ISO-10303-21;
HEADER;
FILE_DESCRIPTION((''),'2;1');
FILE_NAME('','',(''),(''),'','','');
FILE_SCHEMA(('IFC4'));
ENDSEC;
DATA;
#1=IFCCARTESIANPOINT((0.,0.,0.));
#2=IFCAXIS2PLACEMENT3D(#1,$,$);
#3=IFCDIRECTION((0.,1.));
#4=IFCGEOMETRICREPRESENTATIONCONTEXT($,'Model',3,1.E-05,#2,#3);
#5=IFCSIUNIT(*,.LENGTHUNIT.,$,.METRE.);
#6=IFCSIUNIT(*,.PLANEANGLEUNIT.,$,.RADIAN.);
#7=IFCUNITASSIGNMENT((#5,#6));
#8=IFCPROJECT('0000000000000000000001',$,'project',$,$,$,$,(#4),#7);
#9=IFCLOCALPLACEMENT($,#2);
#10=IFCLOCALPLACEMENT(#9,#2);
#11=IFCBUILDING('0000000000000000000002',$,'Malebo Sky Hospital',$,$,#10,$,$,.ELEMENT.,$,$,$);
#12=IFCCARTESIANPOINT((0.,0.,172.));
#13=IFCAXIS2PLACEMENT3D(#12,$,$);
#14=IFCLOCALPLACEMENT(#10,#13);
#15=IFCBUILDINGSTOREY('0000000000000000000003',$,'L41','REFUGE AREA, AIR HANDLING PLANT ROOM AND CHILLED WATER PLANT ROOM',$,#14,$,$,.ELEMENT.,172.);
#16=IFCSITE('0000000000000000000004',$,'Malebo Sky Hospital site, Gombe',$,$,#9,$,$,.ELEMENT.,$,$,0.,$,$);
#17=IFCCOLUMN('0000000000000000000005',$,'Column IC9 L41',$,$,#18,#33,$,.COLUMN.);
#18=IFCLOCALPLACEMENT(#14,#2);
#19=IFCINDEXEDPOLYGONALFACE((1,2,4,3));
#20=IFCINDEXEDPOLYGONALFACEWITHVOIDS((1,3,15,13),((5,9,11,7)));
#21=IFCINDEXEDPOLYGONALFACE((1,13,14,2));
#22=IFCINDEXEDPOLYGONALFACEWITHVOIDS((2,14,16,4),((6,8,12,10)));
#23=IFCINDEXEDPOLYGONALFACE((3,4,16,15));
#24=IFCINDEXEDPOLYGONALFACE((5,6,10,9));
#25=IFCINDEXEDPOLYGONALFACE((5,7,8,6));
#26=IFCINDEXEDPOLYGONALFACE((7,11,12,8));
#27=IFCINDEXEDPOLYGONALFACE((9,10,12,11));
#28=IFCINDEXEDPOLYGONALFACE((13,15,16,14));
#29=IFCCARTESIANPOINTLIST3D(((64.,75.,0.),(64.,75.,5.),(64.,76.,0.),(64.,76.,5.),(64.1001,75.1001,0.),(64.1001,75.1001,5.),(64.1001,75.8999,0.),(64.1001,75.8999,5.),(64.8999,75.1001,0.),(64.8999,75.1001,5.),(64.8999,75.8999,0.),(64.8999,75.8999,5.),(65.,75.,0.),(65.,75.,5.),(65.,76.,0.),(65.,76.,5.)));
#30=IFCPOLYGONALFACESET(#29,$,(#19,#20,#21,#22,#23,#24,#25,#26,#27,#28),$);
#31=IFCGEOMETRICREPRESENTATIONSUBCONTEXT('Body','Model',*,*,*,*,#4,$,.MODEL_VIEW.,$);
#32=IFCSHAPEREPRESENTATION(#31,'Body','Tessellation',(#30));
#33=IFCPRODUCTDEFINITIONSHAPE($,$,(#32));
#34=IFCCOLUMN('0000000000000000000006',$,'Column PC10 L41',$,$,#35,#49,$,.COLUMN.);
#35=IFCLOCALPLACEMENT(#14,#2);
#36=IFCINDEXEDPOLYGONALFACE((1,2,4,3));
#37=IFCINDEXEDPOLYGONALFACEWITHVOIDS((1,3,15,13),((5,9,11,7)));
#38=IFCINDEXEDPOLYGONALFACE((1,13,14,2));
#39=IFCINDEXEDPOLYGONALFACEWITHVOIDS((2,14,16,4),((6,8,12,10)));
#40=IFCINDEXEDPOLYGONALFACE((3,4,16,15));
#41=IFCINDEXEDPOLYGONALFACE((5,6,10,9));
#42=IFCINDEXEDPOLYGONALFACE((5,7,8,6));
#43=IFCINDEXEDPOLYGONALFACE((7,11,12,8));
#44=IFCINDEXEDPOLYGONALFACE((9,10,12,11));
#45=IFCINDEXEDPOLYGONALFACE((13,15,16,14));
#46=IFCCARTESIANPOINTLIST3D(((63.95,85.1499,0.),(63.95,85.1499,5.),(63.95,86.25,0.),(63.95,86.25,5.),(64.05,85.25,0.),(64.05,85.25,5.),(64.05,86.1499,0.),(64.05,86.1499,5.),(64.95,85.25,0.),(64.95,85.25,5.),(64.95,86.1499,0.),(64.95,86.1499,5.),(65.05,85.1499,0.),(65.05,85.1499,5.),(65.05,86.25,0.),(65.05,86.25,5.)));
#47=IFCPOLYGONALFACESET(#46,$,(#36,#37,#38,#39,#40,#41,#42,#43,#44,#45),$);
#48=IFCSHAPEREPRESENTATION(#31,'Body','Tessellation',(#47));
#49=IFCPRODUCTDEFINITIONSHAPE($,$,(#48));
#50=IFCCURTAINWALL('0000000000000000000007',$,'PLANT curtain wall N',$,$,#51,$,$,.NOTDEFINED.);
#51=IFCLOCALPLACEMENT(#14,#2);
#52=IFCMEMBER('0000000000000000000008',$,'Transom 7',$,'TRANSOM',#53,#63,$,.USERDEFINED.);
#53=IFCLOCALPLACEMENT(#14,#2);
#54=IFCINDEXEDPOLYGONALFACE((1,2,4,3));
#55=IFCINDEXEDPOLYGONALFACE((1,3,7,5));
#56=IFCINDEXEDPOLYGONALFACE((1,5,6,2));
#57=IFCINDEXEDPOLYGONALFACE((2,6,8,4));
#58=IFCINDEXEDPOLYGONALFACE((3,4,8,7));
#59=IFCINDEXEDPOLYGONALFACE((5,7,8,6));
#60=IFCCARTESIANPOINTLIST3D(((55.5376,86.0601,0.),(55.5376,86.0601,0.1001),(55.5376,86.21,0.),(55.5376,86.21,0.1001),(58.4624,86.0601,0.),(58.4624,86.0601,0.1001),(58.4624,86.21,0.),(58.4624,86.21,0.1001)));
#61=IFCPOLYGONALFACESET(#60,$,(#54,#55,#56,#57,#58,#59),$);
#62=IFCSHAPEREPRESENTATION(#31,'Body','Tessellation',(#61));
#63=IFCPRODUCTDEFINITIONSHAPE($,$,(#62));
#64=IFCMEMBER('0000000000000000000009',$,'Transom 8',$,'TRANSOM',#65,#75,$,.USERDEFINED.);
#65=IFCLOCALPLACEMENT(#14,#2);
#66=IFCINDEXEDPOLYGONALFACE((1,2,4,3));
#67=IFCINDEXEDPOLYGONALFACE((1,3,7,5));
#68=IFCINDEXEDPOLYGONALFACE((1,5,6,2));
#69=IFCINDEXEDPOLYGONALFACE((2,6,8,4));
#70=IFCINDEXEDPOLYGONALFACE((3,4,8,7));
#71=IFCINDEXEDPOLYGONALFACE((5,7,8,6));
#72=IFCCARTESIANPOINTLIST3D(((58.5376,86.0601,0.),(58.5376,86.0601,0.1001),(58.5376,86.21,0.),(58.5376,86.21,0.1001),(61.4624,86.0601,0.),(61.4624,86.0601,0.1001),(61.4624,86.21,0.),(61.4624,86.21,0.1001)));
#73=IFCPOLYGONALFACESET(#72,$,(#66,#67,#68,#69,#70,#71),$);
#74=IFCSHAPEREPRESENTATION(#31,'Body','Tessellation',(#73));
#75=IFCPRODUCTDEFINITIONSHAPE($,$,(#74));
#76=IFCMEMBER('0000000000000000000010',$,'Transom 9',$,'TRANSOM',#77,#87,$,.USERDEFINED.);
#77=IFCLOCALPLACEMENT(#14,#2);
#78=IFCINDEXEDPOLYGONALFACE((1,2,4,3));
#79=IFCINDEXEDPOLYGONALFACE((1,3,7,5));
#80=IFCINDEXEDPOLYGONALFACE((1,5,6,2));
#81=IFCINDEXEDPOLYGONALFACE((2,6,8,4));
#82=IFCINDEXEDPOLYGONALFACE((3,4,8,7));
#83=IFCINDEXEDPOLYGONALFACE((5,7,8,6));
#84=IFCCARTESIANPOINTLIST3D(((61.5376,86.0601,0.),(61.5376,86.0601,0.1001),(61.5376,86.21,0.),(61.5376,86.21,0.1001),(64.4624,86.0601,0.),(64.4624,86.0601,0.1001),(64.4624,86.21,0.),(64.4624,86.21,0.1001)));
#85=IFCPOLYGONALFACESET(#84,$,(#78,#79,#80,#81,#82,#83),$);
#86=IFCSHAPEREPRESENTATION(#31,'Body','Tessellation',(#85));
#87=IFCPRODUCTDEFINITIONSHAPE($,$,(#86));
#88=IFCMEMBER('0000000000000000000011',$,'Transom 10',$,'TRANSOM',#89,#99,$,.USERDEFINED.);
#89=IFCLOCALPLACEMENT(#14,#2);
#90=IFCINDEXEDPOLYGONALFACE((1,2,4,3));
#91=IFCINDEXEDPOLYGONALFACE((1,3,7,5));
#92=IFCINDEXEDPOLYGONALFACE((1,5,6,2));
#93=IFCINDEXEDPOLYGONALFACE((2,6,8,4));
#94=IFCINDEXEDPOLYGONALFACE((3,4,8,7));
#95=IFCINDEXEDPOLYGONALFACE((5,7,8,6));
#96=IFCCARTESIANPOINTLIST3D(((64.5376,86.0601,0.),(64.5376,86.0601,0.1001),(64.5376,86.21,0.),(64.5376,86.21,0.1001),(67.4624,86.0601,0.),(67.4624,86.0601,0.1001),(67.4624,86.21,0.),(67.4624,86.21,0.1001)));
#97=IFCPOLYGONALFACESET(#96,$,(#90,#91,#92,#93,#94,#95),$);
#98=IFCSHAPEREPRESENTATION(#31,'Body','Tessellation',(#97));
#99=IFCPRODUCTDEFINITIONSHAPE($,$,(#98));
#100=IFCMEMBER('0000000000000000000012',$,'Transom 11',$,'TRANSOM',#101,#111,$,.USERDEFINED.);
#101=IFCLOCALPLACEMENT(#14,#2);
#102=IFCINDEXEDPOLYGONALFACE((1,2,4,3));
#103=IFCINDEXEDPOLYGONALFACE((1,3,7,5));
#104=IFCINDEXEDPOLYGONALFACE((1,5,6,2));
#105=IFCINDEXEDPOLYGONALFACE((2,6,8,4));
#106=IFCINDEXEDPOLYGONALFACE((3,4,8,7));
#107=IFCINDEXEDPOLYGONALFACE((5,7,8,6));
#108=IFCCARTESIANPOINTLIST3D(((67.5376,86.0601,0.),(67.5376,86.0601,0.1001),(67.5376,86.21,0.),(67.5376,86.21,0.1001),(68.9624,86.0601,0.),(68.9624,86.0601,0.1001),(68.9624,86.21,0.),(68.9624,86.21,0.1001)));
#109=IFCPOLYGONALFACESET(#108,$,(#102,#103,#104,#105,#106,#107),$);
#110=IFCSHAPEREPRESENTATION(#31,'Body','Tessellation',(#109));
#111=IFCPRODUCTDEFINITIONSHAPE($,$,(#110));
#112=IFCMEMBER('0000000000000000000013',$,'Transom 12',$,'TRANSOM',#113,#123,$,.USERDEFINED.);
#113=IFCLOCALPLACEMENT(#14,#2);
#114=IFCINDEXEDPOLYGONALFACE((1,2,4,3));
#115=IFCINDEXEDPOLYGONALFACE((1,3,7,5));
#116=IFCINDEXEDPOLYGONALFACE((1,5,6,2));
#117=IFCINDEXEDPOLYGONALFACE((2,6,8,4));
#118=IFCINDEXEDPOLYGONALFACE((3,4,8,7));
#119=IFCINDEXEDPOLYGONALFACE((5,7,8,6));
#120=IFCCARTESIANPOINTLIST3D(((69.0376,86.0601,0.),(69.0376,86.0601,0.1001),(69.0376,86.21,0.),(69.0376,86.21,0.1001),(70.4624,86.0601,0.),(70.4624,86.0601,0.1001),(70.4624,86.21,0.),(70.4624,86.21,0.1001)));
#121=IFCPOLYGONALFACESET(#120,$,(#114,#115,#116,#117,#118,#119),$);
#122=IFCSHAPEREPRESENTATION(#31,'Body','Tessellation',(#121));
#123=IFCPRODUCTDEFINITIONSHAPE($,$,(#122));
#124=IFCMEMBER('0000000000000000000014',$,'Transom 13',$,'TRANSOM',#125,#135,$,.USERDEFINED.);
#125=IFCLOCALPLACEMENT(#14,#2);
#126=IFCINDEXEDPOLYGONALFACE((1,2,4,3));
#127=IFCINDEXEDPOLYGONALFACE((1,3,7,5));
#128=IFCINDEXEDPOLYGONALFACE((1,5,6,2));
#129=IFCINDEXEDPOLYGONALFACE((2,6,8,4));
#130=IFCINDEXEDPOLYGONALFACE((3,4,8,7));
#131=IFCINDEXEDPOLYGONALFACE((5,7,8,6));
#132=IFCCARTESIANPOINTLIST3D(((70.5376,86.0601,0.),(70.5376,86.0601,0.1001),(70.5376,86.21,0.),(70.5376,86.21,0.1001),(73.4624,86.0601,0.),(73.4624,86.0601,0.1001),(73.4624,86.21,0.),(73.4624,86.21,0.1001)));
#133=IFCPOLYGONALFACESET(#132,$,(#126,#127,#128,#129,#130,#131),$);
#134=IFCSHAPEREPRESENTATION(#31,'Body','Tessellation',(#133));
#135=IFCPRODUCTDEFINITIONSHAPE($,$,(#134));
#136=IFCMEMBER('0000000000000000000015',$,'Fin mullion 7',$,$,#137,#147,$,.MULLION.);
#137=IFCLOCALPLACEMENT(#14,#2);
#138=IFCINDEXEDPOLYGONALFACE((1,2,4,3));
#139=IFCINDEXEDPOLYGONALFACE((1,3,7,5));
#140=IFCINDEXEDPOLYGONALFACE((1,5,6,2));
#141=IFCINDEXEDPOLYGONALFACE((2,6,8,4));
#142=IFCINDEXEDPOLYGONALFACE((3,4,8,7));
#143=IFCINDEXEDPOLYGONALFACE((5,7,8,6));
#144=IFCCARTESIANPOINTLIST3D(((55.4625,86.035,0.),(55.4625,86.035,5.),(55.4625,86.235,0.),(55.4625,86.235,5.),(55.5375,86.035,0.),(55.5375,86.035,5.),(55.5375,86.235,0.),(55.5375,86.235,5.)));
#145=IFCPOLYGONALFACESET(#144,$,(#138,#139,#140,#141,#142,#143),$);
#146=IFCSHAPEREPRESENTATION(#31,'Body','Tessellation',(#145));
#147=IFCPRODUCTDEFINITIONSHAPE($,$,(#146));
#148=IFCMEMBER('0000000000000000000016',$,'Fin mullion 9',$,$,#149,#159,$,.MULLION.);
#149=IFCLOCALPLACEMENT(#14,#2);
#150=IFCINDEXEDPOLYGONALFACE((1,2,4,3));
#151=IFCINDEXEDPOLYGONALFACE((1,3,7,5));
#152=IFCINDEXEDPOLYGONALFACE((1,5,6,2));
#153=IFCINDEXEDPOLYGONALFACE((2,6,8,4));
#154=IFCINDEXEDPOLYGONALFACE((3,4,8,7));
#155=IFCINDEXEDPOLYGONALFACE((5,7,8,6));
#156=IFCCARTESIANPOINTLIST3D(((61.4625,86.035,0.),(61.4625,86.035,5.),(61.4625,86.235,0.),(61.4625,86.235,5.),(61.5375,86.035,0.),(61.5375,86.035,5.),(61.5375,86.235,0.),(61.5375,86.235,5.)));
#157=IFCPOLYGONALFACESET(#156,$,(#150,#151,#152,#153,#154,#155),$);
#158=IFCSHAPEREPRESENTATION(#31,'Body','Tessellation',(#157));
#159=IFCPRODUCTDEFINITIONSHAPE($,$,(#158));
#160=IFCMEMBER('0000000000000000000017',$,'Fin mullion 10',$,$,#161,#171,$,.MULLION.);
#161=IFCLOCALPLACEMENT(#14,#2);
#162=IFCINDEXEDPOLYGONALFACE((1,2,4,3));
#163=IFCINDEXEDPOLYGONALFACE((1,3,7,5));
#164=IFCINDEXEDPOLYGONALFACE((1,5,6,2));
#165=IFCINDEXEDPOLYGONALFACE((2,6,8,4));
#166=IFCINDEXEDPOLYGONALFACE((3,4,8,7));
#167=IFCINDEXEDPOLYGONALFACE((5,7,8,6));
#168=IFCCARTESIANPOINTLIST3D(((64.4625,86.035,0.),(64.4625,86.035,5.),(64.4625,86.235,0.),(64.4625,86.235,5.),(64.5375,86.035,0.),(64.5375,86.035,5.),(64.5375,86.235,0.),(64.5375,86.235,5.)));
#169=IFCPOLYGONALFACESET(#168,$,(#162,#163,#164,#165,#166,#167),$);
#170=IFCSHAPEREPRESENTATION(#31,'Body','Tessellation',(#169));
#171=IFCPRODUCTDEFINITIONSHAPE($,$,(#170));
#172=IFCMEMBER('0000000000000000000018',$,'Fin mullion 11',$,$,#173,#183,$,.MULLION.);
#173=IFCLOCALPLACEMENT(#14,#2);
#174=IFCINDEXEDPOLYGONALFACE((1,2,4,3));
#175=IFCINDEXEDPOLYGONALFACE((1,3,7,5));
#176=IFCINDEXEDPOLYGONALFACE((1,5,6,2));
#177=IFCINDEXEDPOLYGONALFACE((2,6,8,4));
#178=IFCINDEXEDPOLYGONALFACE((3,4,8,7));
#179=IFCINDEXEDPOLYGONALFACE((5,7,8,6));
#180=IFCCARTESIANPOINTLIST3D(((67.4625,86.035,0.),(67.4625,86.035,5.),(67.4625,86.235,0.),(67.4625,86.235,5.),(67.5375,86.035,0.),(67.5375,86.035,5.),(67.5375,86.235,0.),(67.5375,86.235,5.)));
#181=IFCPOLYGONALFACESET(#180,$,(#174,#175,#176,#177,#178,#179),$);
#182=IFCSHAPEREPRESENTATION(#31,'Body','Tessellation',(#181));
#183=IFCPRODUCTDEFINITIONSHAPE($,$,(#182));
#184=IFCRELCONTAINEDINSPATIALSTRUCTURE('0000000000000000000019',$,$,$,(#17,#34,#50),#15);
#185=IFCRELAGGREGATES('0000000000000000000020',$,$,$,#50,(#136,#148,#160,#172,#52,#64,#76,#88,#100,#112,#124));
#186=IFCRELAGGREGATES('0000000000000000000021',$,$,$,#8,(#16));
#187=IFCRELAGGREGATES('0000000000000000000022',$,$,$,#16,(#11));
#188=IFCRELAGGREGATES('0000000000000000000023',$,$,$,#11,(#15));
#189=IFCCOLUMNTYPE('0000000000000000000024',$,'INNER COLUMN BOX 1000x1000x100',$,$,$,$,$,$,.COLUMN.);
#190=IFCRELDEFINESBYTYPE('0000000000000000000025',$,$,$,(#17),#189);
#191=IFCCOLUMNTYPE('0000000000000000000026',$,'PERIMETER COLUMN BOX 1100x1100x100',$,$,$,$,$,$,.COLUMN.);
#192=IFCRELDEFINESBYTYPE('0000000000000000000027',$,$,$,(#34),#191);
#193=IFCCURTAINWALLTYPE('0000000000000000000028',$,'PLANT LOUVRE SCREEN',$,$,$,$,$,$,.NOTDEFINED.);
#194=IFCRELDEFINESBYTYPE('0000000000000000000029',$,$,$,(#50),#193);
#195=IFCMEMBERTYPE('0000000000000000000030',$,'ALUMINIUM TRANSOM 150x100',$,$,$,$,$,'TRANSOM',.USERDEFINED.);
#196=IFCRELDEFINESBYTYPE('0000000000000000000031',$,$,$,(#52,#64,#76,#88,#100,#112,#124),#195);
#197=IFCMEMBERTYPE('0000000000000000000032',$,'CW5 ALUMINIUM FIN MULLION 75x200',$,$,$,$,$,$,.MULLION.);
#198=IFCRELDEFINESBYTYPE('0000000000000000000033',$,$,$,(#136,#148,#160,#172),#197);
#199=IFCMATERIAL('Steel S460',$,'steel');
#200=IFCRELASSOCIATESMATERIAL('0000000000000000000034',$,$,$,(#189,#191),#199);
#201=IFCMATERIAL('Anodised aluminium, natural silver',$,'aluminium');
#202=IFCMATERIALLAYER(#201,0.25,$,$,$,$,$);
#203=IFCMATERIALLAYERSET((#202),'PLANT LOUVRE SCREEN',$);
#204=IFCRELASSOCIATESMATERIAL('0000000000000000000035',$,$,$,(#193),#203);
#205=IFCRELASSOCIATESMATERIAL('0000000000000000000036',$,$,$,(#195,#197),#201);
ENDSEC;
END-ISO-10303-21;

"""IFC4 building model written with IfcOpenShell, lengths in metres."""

from ifc_helpers import new_model, si_unit, direction, frame, origin, origin_2d, place, context, subcontext, project, spatial, rectangle, hollow_rectangle, extrude, material, layer, layer_set, material_profile, profile_set, type_object, element, aggregate, save


model = new_model("IFC4")

# Units and contexts
model_context = context("Model", 3, precision=1e-05, world=origin(), true_north=direction((0.0, 1.0)))
body_context = subcontext(model_context, "Body", "Model", "MODEL_VIEW")
ifc_project = project(units=[si_unit("LENGTHUNIT", "METRE"), si_unit("PLANEANGLEUNIT", "RADIAN")], contexts=[model_context])

# Site, building, storey
site_placement = place(None, origin())
site = spatial("IfcSite", under=ifc_project, at=site_placement, Name="Malebo Sky Hospital site, Gombe", CompositionType="ELEMENT", RefElevation=0.0)
building_placement = place(site_placement, origin())
building = spatial("IfcBuilding", under=site, at=building_placement, Name="Malebo Sky Hospital", CompositionType="ELEMENT")
storey_placement = place(building_placement, frame((0.0, 0.0, 172.0)))
storey = spatial("IfcBuildingStorey", under=building, at=storey_placement, Name="L41", Description="REFUGE AREA, AIR HANDLING PLANT ROOM AND CHILLED WATER PLANT ROOM", CompositionType="ELEMENT", Elevation=172.0)

# Columns
ifc_material_1 = material(Name="Steel S460", Category="steel")
ifc_material_profile_1 = material_profile(ifc_material_1, hollow_rectangle(XDim=1.0, YDim=1.0, WallThickness=0.1001, at=origin_2d()), Name="BOX 1000x1000x100")
ifc_profile_set_1 = profile_set([ifc_material_profile_1], Name="Steel S460")
column_type_1 = type_object("IfcColumnType", Name="INNER COLUMN BOX 1000x1000x100", PredefinedType="COLUMN", material=ifc_profile_set_1)
column_1_placement = place(storey_placement, frame((64.5, 75.5, 0.0), z_axis=(0.0, 0.0, 1.0), x_axis=(1.0, 0.0, 0.0)))
element("IfcColumn", 1, at=column_1_placement, inside=storey, type_object=column_type_1, Name="Column IC9 L41", PredefinedType="COLUMN", context=body_context, shape_type="SweptSolid", body=[
    extrude(hollow_rectangle(XDim=1.0, YDim=1.0, WallThickness=0.1001, at=origin_2d()), origin(), (0.0, 0.0, 1.0), 5.0),
])
ifc_material_profile_2 = material_profile(ifc_material_1, hollow_rectangle(XDim=1.1001, YDim=1.1001, WallThickness=0.1001, at=origin_2d()), Name="BOX 1100x1100x100")
ifc_profile_set_2 = profile_set([ifc_material_profile_2], Name="Steel S460")
column_type_2 = type_object("IfcColumnType", Name="PERIMETER COLUMN BOX 1100x1100x100", PredefinedType="COLUMN", material=ifc_profile_set_2)
column_2_placement = place(storey_placement, frame((64.5, 85.7, 0.0), z_axis=(0.0, 0.0, 1.0), x_axis=(1.0, 0.0, 0.0)))
element("IfcColumn", 2, at=column_2_placement, inside=storey, type_object=column_type_2, Name="Column PC10 L41", PredefinedType="COLUMN", context=body_context, shape_type="SweptSolid", body=[
    extrude(hollow_rectangle(XDim=1.1001, YDim=1.1001, WallThickness=0.1001, at=origin_2d()), origin(), (0.0, 0.0, 1.0), 5.0),
])

# Curtain wall, members
ifc_material_2 = material(Name="Anodised aluminium, natural silver", Category="aluminium")
ifc_layer_1 = layer(ifc_material_2, 0.25)
ifc_layer_set_1 = layer_set([ifc_layer_1], Name="PLANT LOUVRE SCREEN")
curtain_wall_type = type_object("IfcCurtainWallType", Name="PLANT LOUVRE SCREEN", PredefinedType="NOTDEFINED", material=ifc_layer_set_1)
curtain_wall_placement = place(storey_placement, origin())
curtain_wall = element("IfcCurtainWall", 3, at=curtain_wall_placement, inside=storey, type_object=curtain_wall_type, Name="PLANT curtain wall N", PredefinedType="NOTDEFINED")
ifc_material_profile_3 = material_profile(ifc_material_2, rectangle(XDim=0.1499, YDim=0.1001, at=origin_2d()), Name="ALUMINIUM TRANSOM 150x100")
ifc_profile_set_3 = profile_set([ifc_material_profile_3], Name="Anodised aluminium, natural silver")
member_type_1 = type_object("IfcMemberType", Name="ALUMINIUM TRANSOM 150x100", ElementType="TRANSOM", PredefinedType="USERDEFINED", material=ifc_profile_set_3)
member_1_placement = place(storey_placement, frame((55.5376, 86.135, 0.05), z_axis=(1.0, 0.0, 0.0), x_axis=(0.0, 1.0, 0.0)))
member_1 = element("IfcMember", 4, at=member_1_placement, type_object=member_type_1, Name="Transom 7", ObjectType="TRANSOM", PredefinedType="USERDEFINED", context=body_context, shape_type="SweptSolid", body=[
    extrude(rectangle(XDim=0.1499, YDim=0.1001, at=origin_2d()), origin(), (0.0, 0.0, 1.0), 2.9248),
])
member_2_placement = place(storey_placement, frame((58.5376, 86.135, 0.05), z_axis=(1.0, 0.0, 0.0), x_axis=(0.0, 1.0, 0.0)))
member_2 = element("IfcMember", 5, at=member_2_placement, type_object=member_type_1, Name="Transom 8", ObjectType="TRANSOM", PredefinedType="USERDEFINED", context=body_context, shape_type="SweptSolid", body=[
    extrude(rectangle(XDim=0.1499, YDim=0.1001, at=origin_2d()), origin(), (0.0, 0.0, 1.0), 2.9248),
])
member_3_placement = place(storey_placement, frame((61.5376, 86.135, 0.05), z_axis=(1.0, 0.0, 0.0), x_axis=(0.0, 1.0, 0.0)))
member_3 = element("IfcMember", 6, at=member_3_placement, type_object=member_type_1, Name="Transom 9", ObjectType="TRANSOM", PredefinedType="USERDEFINED", context=body_context, shape_type="SweptSolid", body=[
    extrude(rectangle(XDim=0.1499, YDim=0.1001, at=origin_2d()), origin(), (0.0, 0.0, 1.0), 2.9248),
])
member_4_placement = place(storey_placement, frame((64.5376, 86.135, 0.05), z_axis=(1.0, 0.0, 0.0), x_axis=(0.0, 1.0, 0.0)))
member_4 = element("IfcMember", 7, at=member_4_placement, type_object=member_type_1, Name="Transom 10", ObjectType="TRANSOM", PredefinedType="USERDEFINED", context=body_context, shape_type="SweptSolid", body=[
    extrude(rectangle(XDim=0.1499, YDim=0.1001, at=origin_2d()), origin(), (0.0, 0.0, 1.0), 2.9248),
])
member_5_placement = place(storey_placement, frame((67.5376, 86.135, 0.05), z_axis=(1.0, 0.0, 0.0), x_axis=(0.0, 1.0, 0.0)))
member_5 = element("IfcMember", 8, at=member_5_placement, type_object=member_type_1, Name="Transom 11", ObjectType="TRANSOM", PredefinedType="USERDEFINED", context=body_context, shape_type="SweptSolid", body=[
    extrude(rectangle(XDim=0.1499, YDim=0.1001, at=origin_2d()), origin(), (0.0, 0.0, 1.0), 1.4248),
])
member_6_placement = place(storey_placement, frame((69.0376, 86.135, 0.05), z_axis=(1.0, 0.0, 0.0), x_axis=(0.0, 1.0, 0.0)))
member_6 = element("IfcMember", 9, at=member_6_placement, type_object=member_type_1, Name="Transom 12", ObjectType="TRANSOM", PredefinedType="USERDEFINED", context=body_context, shape_type="SweptSolid", body=[
    extrude(rectangle(XDim=0.1499, YDim=0.1001, at=origin_2d()), origin(), (0.0, 0.0, 1.0), 1.4248),
])
member_7_placement = place(storey_placement, frame((70.5376, 86.135, 0.05), z_axis=(1.0, 0.0, 0.0), x_axis=(0.0, 1.0, 0.0)))
member_7 = element("IfcMember", 10, at=member_7_placement, type_object=member_type_1, Name="Transom 13", ObjectType="TRANSOM", PredefinedType="USERDEFINED", context=body_context, shape_type="SweptSolid", body=[
    extrude(rectangle(XDim=0.1499, YDim=0.1001, at=origin_2d()), origin(), (0.0, 0.0, 1.0), 2.9248),
])
ifc_material_profile_4 = material_profile(ifc_material_2, rectangle(XDim=0.075, YDim=0.2, at=origin_2d()), Name="CW5 ALUMINIUM FIN MULLION 75x200")
ifc_profile_set_4 = profile_set([ifc_material_profile_4], Name="Anodised aluminium, natural silver")
member_type_2 = type_object("IfcMemberType", Name="CW5 ALUMINIUM FIN MULLION 75x200", PredefinedType="MULLION", material=ifc_profile_set_4)
member_8_placement = place(storey_placement, frame((55.5, 86.135, 0.0), z_axis=(0.0, 0.0, 1.0), x_axis=(1.0, 0.0, 0.0)))
member_8 = element("IfcMember", 11, at=member_8_placement, type_object=member_type_2, Name="Fin mullion 7", PredefinedType="MULLION", context=body_context, shape_type="SweptSolid", body=[
    extrude(rectangle(XDim=0.075, YDim=0.2, at=origin_2d()), origin(), (0.0, 0.0, 1.0), 5.0),
])
member_9_placement = place(storey_placement, frame((61.5, 86.135, 0.0), z_axis=(0.0, 0.0, 1.0), x_axis=(1.0, 0.0, 0.0)))
member_9 = element("IfcMember", 12, at=member_9_placement, type_object=member_type_2, Name="Fin mullion 9", PredefinedType="MULLION", context=body_context, shape_type="SweptSolid", body=[
    extrude(rectangle(XDim=0.075, YDim=0.2, at=origin_2d()), origin(), (0.0, 0.0, 1.0), 5.0),
])
member_10_placement = place(storey_placement, frame((64.5, 86.135, 0.0), z_axis=(0.0, 0.0, 1.0), x_axis=(1.0, 0.0, 0.0)))
member_10 = element("IfcMember", 13, at=member_10_placement, type_object=member_type_2, Name="Fin mullion 10", PredefinedType="MULLION", context=body_context, shape_type="SweptSolid", body=[
    extrude(rectangle(XDim=0.075, YDim=0.2, at=origin_2d()), origin(), (0.0, 0.0, 1.0), 5.0),
])
member_11_placement = place(storey_placement, frame((67.5, 86.135, 0.0), z_axis=(0.0, 0.0, 1.0), x_axis=(1.0, 0.0, 0.0)))
member_11 = element("IfcMember", 14, at=member_11_placement, type_object=member_type_2, Name="Fin mullion 11", PredefinedType="MULLION", context=body_context, shape_type="SweptSolid", body=[
    extrude(rectangle(XDim=0.075, YDim=0.2, at=origin_2d()), origin(), (0.0, 0.0, 1.0), 5.0),
])
aggregate(curtain_wall, [member_8, member_9, member_10, member_11, member_1, member_2, member_3, member_4, member_5, member_6, member_7])

save(model, "model.ifc")
